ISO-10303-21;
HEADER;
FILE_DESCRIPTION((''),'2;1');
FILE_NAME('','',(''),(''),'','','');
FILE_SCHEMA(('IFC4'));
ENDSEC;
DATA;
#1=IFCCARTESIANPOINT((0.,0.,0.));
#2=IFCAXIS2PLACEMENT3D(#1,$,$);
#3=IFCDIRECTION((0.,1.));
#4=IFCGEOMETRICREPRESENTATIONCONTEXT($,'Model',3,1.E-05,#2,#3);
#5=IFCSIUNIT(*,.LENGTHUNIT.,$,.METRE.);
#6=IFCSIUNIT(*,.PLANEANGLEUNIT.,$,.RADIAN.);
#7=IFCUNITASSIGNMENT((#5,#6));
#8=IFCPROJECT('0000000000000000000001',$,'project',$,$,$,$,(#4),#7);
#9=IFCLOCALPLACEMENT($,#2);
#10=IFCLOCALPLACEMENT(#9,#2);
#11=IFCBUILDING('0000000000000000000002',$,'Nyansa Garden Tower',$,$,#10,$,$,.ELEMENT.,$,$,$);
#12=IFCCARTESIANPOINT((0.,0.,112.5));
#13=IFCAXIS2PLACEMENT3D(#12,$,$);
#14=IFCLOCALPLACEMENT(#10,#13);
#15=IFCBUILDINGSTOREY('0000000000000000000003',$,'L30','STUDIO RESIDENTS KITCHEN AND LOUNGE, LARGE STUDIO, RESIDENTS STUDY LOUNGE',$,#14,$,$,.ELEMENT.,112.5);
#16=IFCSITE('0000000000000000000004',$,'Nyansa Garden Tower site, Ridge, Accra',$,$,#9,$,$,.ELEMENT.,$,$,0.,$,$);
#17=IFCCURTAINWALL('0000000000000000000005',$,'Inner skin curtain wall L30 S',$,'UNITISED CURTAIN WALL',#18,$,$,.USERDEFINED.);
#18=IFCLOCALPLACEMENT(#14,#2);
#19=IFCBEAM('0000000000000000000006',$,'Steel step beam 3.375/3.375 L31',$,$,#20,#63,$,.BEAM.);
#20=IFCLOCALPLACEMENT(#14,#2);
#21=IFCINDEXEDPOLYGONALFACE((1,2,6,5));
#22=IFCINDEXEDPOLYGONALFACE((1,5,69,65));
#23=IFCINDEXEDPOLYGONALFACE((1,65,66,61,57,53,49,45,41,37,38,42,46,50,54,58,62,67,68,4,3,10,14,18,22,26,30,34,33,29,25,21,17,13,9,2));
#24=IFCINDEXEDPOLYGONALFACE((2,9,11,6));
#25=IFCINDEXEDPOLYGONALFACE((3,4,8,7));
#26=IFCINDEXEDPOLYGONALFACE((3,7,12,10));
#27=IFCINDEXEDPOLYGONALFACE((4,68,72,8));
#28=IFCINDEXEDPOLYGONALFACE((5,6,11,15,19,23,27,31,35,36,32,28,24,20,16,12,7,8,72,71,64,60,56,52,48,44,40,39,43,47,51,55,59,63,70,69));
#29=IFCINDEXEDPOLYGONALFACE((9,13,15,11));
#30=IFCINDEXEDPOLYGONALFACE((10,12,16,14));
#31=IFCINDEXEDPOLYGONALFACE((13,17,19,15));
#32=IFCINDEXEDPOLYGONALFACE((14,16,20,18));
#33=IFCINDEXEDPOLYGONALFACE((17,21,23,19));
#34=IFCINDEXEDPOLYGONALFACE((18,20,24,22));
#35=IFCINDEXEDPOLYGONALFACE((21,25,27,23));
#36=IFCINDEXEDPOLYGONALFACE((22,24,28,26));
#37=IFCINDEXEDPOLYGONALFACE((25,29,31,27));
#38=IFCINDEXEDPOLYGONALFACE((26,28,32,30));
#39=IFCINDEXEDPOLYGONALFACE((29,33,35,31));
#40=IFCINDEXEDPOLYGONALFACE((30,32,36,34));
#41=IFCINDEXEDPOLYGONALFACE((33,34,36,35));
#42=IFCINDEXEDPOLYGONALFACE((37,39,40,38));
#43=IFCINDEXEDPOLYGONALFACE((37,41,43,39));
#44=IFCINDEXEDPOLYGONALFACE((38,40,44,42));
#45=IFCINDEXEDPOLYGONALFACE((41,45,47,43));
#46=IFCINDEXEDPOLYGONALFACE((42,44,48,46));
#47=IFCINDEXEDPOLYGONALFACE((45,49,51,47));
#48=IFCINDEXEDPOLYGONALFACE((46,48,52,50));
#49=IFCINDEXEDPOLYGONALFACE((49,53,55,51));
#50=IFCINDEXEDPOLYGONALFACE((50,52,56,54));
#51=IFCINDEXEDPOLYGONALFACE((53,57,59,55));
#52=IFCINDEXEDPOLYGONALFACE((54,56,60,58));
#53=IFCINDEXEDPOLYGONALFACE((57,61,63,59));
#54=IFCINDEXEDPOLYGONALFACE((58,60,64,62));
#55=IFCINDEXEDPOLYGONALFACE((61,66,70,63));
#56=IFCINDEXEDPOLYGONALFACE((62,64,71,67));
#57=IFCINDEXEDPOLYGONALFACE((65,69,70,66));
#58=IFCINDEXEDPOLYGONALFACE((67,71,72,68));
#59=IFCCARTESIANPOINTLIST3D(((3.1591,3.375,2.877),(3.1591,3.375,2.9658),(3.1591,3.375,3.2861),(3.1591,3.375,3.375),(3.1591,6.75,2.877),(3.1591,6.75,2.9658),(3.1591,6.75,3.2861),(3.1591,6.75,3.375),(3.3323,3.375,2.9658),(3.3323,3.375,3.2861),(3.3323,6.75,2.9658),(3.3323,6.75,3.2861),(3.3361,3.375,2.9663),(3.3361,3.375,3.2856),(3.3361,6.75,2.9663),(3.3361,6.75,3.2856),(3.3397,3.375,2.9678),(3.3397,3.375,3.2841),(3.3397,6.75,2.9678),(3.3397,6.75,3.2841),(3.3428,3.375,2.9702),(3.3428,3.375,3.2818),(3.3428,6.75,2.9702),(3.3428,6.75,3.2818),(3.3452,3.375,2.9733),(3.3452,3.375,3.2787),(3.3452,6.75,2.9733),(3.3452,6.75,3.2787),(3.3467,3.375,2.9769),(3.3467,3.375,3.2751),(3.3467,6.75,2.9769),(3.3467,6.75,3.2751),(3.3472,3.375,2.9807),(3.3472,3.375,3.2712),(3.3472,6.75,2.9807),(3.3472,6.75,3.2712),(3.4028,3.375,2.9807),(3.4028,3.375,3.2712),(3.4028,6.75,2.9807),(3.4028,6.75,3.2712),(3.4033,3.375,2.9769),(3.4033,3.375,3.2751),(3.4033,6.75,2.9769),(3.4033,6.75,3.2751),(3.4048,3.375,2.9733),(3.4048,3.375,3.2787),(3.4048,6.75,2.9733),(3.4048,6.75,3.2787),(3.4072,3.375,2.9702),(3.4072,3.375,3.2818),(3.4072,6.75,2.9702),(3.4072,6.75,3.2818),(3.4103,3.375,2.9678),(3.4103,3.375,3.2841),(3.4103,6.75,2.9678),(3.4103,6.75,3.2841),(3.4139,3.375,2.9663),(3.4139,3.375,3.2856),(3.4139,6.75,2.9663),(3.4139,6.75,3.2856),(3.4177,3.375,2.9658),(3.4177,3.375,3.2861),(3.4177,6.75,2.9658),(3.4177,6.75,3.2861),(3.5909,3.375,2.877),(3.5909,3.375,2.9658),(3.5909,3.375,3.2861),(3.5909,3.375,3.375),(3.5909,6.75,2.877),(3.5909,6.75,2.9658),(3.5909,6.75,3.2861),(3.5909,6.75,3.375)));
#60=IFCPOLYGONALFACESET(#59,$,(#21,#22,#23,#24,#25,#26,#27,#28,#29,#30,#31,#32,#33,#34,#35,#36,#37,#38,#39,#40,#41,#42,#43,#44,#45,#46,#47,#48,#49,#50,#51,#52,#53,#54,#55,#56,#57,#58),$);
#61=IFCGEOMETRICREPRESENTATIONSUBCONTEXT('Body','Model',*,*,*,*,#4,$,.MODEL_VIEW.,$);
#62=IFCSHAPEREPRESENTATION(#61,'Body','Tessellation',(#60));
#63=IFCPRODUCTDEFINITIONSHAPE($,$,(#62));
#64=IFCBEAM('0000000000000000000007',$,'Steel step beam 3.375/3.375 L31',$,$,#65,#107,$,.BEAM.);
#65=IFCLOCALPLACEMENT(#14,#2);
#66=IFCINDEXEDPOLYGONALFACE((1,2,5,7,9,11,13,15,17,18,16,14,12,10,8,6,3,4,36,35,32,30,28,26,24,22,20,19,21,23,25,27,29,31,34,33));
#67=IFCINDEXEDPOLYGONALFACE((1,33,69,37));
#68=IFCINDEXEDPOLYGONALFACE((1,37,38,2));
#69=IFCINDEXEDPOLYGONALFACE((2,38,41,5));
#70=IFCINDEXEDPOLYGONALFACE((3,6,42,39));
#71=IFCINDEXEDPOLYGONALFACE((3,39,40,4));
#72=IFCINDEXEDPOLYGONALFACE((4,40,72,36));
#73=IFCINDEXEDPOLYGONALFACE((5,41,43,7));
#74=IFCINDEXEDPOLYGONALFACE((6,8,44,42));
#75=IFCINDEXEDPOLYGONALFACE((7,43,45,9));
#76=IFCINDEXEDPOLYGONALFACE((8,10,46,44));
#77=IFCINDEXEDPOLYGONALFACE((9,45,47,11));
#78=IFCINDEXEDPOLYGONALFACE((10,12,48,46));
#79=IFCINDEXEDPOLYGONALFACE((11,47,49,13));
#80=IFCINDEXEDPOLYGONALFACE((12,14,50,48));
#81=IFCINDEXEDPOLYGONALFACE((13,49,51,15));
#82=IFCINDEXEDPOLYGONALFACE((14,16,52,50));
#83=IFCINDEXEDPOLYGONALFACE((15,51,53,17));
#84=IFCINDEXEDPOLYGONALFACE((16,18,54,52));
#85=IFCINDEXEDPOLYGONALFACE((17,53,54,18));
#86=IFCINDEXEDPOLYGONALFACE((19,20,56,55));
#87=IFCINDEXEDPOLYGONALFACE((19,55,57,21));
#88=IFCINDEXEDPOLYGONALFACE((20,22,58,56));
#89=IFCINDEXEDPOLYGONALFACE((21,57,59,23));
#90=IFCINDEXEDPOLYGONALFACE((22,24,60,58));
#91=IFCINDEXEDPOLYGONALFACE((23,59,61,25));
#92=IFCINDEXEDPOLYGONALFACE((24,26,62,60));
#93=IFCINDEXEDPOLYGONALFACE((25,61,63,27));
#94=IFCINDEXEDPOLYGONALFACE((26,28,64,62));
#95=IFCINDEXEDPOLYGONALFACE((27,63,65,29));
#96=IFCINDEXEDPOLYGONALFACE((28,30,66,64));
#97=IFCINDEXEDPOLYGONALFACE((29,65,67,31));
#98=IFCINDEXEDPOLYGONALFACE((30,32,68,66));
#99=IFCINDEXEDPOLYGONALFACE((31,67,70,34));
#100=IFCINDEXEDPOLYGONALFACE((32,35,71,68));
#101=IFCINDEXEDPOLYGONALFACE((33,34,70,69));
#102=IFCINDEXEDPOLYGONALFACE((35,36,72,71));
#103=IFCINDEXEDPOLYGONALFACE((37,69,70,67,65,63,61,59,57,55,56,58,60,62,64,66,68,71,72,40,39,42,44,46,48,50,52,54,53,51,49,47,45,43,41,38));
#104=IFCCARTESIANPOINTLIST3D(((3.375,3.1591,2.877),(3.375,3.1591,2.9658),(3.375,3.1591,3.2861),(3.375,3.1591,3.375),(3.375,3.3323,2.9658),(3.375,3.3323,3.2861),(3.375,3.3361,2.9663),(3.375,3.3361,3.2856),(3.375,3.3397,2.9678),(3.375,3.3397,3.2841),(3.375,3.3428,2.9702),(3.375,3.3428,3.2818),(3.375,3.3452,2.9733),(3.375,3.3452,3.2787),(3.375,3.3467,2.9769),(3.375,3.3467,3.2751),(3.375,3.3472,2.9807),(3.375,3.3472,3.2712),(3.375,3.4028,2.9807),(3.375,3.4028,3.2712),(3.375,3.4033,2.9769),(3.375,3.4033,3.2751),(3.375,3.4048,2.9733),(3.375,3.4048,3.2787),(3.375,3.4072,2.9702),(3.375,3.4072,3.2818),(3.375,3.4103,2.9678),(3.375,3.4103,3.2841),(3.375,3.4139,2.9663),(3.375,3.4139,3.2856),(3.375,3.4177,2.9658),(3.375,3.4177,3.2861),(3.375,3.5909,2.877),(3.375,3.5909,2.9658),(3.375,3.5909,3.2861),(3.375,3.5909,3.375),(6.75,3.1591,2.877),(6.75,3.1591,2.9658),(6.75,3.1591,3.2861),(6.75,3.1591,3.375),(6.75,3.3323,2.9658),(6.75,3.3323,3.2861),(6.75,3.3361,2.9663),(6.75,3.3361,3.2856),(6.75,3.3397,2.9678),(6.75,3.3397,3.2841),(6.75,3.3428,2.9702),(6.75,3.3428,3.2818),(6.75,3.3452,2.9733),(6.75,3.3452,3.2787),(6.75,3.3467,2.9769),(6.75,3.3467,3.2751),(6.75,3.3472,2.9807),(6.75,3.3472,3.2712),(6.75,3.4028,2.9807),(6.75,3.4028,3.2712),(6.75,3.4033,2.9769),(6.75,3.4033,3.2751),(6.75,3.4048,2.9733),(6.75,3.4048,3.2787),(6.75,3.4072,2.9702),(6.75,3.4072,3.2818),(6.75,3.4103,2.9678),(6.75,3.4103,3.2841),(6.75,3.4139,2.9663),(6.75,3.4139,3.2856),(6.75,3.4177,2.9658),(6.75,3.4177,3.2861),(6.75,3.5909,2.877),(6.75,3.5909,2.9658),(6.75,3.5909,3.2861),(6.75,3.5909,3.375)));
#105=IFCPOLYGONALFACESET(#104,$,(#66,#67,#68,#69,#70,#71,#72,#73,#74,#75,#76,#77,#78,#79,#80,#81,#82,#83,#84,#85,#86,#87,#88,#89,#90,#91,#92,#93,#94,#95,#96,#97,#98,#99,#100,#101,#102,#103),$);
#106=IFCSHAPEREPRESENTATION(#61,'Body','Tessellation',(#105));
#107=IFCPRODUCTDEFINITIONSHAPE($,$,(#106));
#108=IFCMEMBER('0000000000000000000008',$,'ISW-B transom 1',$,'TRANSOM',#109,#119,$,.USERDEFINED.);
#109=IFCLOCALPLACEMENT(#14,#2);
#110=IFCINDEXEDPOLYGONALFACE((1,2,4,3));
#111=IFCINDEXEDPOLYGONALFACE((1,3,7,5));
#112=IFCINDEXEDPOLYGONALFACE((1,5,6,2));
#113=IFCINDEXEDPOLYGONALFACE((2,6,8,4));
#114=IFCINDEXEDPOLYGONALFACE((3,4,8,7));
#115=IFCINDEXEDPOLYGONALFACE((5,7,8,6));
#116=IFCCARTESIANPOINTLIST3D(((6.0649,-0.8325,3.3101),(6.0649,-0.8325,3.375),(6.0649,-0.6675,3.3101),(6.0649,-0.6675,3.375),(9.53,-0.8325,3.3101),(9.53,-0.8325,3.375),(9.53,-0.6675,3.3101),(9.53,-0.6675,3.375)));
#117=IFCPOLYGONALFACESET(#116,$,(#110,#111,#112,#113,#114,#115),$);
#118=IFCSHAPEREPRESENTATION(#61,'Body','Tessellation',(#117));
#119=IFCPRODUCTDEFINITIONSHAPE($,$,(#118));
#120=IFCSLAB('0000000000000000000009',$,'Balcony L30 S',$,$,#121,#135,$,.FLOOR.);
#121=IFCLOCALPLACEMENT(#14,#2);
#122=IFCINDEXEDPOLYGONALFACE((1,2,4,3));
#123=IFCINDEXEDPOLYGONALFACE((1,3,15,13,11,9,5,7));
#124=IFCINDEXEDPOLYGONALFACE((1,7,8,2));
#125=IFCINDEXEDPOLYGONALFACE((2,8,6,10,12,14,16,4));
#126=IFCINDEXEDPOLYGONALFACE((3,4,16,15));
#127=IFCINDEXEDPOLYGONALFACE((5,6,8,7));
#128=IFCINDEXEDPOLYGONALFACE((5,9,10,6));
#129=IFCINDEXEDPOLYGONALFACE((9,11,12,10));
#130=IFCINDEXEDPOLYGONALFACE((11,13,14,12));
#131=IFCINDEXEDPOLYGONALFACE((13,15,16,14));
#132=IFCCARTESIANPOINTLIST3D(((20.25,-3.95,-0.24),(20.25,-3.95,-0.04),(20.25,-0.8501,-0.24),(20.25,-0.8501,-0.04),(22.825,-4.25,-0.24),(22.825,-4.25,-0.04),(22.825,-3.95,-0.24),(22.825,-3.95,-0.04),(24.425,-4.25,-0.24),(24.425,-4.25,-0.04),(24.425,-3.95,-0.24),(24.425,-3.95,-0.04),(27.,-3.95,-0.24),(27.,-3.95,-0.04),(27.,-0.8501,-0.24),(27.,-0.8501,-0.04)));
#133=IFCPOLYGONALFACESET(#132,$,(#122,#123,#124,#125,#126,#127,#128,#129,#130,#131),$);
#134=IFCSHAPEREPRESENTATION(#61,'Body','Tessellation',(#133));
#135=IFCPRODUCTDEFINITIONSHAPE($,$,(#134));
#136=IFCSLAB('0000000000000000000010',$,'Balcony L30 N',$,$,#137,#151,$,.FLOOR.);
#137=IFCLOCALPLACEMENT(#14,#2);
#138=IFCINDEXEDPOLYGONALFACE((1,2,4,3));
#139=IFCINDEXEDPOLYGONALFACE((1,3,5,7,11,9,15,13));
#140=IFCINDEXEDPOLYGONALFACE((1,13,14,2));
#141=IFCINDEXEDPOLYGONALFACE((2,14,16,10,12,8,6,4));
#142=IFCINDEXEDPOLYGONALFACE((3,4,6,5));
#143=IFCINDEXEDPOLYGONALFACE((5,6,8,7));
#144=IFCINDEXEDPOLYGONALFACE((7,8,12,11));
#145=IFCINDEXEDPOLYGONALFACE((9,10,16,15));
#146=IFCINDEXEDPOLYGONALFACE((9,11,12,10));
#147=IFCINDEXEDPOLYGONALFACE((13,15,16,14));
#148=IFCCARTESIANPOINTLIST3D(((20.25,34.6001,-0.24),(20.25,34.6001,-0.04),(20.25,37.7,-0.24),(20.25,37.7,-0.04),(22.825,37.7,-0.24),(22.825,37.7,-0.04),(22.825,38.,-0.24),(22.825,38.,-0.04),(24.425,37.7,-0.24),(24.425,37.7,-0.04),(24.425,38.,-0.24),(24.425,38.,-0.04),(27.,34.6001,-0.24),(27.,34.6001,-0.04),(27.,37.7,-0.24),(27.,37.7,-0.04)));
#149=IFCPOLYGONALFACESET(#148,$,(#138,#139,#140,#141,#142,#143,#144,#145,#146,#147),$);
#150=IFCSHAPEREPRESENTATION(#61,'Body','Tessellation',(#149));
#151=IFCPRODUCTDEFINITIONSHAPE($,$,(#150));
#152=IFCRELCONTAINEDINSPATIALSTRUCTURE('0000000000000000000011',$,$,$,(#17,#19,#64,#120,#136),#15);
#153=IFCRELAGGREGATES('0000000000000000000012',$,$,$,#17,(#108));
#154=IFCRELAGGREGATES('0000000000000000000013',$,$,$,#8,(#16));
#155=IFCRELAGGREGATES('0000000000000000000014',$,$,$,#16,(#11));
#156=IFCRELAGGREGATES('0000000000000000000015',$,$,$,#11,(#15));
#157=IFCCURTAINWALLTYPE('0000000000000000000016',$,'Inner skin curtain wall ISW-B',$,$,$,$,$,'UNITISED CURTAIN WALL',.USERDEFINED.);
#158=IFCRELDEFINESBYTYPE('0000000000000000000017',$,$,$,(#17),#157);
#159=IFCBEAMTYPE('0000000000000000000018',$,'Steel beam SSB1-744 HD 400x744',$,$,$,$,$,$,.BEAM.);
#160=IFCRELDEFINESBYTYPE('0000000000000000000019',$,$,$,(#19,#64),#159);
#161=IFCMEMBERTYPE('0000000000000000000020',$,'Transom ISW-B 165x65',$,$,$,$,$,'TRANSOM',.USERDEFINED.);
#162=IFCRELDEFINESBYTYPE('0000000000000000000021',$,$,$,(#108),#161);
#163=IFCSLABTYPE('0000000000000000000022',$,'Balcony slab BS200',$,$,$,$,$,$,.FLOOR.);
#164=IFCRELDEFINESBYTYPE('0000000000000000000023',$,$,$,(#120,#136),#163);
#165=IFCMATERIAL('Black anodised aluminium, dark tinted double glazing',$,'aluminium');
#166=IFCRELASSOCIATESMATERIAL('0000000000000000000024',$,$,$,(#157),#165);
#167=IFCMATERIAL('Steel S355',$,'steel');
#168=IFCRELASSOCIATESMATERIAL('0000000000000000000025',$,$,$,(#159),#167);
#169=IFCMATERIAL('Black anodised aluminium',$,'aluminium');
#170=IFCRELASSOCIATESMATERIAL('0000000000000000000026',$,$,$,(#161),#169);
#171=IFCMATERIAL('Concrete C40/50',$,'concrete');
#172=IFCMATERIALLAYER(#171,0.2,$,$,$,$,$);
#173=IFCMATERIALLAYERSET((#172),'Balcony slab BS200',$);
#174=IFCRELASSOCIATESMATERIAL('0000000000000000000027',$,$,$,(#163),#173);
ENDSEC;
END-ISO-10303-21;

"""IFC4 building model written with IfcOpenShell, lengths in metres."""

from ifc_helpers import new_model, si_unit, direction, frame, origin, origin_2d, place, context, subcontext, project, spatial, polyline, rectangle, i_section, outline, extrude, material, layer, layer_set, material_profile, profile_set, type_object, element, aggregate, save


model = new_model("IFC4")

# Units and contexts
model_context = context("Model", 3, precision=1e-05, world=origin(), true_north=direction((0.0, 1.0)))
body_context = subcontext(model_context, "Body", "Model", "MODEL_VIEW")
ifc_project = project(units=[si_unit("LENGTHUNIT", "METRE"), si_unit("PLANEANGLEUNIT", "RADIAN")], contexts=[model_context])

# Site, building, storey
site_placement = place(None, origin())
site = spatial("IfcSite", under=ifc_project, at=site_placement, Name="Nyansa Garden Tower site, Ridge, Accra", CompositionType="ELEMENT", RefElevation=0.0)
building_placement = place(site_placement, origin())
building = spatial("IfcBuilding", under=site, at=building_placement, Name="Nyansa Garden Tower", CompositionType="ELEMENT")
storey_placement = place(building_placement, frame((0.0, 0.0, 112.5)))
storey = spatial("IfcBuildingStorey", under=building, at=storey_placement, Name="L30", Description="STUDIO RESIDENTS KITCHEN AND LOUNGE, LARGE STUDIO, RESIDENTS STUDY LOUNGE", CompositionType="ELEMENT", Elevation=112.5)

# Curtain wall
ifc_material_1 = material(Name="Black anodised aluminium, dark tinted double glazing", Category="aluminium")
curtain_wall_type = type_object("IfcCurtainWallType", Name="Inner skin curtain wall ISW-B", ElementType="UNITISED CURTAIN WALL", PredefinedType="USERDEFINED", material=ifc_material_1)
curtain_wall_1_placement = place(storey_placement, origin())
curtain_wall_1 = element("IfcCurtainWall", 1, at=curtain_wall_1_placement, inside=storey, type_object=curtain_wall_type, Name="Inner skin curtain wall L30 S", ObjectType="UNITISED CURTAIN WALL", PredefinedType="USERDEFINED")

# Beams
ifc_material_2 = material(Name="Steel S355", Category="steel")
ifc_material_profile_1 = material_profile(ifc_material_2, i_section(OverallWidth=0.4319, OverallDepth=0.498, WebThickness=0.0557, FlangeThickness=0.0889, FilletRadius=0.0149, at=origin_2d()), Name="HD 400x744")
ifc_profile_set_1 = profile_set([ifc_material_profile_1], Name="Steel S355")
beam_type_1 = type_object("IfcBeamType", Name="Steel beam SSB1-744 HD 400x744", PredefinedType="BEAM", material=ifc_profile_set_1)
for number, where, z_axis, x_axis, name in (
    (2, (3.375, 3.375, 3.126), (0.0, 1.0, 0.0), (-1.0, 0.0, 0.0), "Steel step beam 3.375/3.375 L31"),
    (3, (3.375, 3.375, 3.126), (1.0, 0.0, 0.0), (0.0, 1.0, 0.0), "Steel step beam 3.375/3.375 L31"),
):
    element("IfcBeam", number, at=place(storey_placement, frame(where, z_axis=z_axis, x_axis=x_axis)), inside=storey, type_object=beam_type_1, Name=name, PredefinedType="BEAM", context=body_context, shape_type="SweptSolid", body=[
        extrude(i_section(OverallWidth=0.4319, OverallDepth=0.498, WebThickness=0.0557, FlangeThickness=0.0889, FilletRadius=0.0149, at=origin_2d()), origin(), (0.0, 0.0, 1.0), 3.375),
    ])

# Member
ifc_material_3 = material(Name="Black anodised aluminium", Category="aluminium")
ifc_material_profile_2 = material_profile(ifc_material_3, rectangle(XDim=0.165, YDim=0.0649, at=origin_2d()), Name="Transom 165x65")
ifc_profile_set_2 = profile_set([ifc_material_profile_2], Name="Black anodised aluminium")
member_type_1 = type_object("IfcMemberType", Name="Transom ISW-B 165x65", ElementType="TRANSOM", PredefinedType="USERDEFINED", material=ifc_profile_set_2)
member_1_placement = place(storey_placement, frame((6.0649, -0.75, 3.3425), z_axis=(1.0, 0.0, 0.0), x_axis=(0.0, 1.0, 0.0)))
member_1 = element("IfcMember", 4, at=member_1_placement, type_object=member_type_1, Name="ISW-B transom 1", ObjectType="TRANSOM", PredefinedType="USERDEFINED", context=body_context, shape_type="SweptSolid", body=[
    extrude(rectangle(XDim=0.165, YDim=0.0649, at=origin_2d()), origin(), (0.0, 0.0, 1.0), 3.4651),
])
aggregate(curtain_wall_1, [member_1])

# Slabs
ifc_material_4 = material(Name="Concrete C40/50", Category="concrete")
ifc_layer_1 = layer(ifc_material_4, 0.2)
ifc_layer_set_1 = layer_set([ifc_layer_1], Name="Balcony slab BS200")
slab_type_1 = type_object("IfcSlabType", Name="Balcony slab BS200", PredefinedType="FLOOR", material=ifc_layer_set_1)
slab_1_placement = place(storey_placement, frame((0.0, 0.0, -0.24)))
element("IfcSlab", 5, at=slab_1_placement, inside=storey, type_object=slab_type_1, Name="Balcony L30 S", PredefinedType="FLOOR", context=body_context, shape_type="SweptSolid", body=[
    extrude(outline(polyline([(20.25, -0.8501), (27.0, -0.8501), (27.0, -3.95), (24.425, -3.95), (24.425, -4.25), (22.825, -4.25), (22.825, -3.95), (20.25, -3.95), (20.25, -0.8501)])), origin(), (0.0, 0.0, 1.0), 0.2),
])
slab_2_placement = place(storey_placement, frame((0.0, 0.0, -0.24)))
element("IfcSlab", 6, at=slab_2_placement, inside=storey, type_object=slab_type_1, Name="Balcony L30 N", PredefinedType="FLOOR", context=body_context, shape_type="SweptSolid", body=[
    extrude(outline(polyline([(20.25, 34.6001), (27.0, 34.6001), (27.0, 37.7), (24.425, 37.7), (24.425, 38.0), (22.825, 38.0), (22.825, 37.7), (20.25, 37.7), (20.25, 34.6001)])), origin(), (0.0, 0.0, 1.0), 0.2),
])

save(model, "model.ifc")
